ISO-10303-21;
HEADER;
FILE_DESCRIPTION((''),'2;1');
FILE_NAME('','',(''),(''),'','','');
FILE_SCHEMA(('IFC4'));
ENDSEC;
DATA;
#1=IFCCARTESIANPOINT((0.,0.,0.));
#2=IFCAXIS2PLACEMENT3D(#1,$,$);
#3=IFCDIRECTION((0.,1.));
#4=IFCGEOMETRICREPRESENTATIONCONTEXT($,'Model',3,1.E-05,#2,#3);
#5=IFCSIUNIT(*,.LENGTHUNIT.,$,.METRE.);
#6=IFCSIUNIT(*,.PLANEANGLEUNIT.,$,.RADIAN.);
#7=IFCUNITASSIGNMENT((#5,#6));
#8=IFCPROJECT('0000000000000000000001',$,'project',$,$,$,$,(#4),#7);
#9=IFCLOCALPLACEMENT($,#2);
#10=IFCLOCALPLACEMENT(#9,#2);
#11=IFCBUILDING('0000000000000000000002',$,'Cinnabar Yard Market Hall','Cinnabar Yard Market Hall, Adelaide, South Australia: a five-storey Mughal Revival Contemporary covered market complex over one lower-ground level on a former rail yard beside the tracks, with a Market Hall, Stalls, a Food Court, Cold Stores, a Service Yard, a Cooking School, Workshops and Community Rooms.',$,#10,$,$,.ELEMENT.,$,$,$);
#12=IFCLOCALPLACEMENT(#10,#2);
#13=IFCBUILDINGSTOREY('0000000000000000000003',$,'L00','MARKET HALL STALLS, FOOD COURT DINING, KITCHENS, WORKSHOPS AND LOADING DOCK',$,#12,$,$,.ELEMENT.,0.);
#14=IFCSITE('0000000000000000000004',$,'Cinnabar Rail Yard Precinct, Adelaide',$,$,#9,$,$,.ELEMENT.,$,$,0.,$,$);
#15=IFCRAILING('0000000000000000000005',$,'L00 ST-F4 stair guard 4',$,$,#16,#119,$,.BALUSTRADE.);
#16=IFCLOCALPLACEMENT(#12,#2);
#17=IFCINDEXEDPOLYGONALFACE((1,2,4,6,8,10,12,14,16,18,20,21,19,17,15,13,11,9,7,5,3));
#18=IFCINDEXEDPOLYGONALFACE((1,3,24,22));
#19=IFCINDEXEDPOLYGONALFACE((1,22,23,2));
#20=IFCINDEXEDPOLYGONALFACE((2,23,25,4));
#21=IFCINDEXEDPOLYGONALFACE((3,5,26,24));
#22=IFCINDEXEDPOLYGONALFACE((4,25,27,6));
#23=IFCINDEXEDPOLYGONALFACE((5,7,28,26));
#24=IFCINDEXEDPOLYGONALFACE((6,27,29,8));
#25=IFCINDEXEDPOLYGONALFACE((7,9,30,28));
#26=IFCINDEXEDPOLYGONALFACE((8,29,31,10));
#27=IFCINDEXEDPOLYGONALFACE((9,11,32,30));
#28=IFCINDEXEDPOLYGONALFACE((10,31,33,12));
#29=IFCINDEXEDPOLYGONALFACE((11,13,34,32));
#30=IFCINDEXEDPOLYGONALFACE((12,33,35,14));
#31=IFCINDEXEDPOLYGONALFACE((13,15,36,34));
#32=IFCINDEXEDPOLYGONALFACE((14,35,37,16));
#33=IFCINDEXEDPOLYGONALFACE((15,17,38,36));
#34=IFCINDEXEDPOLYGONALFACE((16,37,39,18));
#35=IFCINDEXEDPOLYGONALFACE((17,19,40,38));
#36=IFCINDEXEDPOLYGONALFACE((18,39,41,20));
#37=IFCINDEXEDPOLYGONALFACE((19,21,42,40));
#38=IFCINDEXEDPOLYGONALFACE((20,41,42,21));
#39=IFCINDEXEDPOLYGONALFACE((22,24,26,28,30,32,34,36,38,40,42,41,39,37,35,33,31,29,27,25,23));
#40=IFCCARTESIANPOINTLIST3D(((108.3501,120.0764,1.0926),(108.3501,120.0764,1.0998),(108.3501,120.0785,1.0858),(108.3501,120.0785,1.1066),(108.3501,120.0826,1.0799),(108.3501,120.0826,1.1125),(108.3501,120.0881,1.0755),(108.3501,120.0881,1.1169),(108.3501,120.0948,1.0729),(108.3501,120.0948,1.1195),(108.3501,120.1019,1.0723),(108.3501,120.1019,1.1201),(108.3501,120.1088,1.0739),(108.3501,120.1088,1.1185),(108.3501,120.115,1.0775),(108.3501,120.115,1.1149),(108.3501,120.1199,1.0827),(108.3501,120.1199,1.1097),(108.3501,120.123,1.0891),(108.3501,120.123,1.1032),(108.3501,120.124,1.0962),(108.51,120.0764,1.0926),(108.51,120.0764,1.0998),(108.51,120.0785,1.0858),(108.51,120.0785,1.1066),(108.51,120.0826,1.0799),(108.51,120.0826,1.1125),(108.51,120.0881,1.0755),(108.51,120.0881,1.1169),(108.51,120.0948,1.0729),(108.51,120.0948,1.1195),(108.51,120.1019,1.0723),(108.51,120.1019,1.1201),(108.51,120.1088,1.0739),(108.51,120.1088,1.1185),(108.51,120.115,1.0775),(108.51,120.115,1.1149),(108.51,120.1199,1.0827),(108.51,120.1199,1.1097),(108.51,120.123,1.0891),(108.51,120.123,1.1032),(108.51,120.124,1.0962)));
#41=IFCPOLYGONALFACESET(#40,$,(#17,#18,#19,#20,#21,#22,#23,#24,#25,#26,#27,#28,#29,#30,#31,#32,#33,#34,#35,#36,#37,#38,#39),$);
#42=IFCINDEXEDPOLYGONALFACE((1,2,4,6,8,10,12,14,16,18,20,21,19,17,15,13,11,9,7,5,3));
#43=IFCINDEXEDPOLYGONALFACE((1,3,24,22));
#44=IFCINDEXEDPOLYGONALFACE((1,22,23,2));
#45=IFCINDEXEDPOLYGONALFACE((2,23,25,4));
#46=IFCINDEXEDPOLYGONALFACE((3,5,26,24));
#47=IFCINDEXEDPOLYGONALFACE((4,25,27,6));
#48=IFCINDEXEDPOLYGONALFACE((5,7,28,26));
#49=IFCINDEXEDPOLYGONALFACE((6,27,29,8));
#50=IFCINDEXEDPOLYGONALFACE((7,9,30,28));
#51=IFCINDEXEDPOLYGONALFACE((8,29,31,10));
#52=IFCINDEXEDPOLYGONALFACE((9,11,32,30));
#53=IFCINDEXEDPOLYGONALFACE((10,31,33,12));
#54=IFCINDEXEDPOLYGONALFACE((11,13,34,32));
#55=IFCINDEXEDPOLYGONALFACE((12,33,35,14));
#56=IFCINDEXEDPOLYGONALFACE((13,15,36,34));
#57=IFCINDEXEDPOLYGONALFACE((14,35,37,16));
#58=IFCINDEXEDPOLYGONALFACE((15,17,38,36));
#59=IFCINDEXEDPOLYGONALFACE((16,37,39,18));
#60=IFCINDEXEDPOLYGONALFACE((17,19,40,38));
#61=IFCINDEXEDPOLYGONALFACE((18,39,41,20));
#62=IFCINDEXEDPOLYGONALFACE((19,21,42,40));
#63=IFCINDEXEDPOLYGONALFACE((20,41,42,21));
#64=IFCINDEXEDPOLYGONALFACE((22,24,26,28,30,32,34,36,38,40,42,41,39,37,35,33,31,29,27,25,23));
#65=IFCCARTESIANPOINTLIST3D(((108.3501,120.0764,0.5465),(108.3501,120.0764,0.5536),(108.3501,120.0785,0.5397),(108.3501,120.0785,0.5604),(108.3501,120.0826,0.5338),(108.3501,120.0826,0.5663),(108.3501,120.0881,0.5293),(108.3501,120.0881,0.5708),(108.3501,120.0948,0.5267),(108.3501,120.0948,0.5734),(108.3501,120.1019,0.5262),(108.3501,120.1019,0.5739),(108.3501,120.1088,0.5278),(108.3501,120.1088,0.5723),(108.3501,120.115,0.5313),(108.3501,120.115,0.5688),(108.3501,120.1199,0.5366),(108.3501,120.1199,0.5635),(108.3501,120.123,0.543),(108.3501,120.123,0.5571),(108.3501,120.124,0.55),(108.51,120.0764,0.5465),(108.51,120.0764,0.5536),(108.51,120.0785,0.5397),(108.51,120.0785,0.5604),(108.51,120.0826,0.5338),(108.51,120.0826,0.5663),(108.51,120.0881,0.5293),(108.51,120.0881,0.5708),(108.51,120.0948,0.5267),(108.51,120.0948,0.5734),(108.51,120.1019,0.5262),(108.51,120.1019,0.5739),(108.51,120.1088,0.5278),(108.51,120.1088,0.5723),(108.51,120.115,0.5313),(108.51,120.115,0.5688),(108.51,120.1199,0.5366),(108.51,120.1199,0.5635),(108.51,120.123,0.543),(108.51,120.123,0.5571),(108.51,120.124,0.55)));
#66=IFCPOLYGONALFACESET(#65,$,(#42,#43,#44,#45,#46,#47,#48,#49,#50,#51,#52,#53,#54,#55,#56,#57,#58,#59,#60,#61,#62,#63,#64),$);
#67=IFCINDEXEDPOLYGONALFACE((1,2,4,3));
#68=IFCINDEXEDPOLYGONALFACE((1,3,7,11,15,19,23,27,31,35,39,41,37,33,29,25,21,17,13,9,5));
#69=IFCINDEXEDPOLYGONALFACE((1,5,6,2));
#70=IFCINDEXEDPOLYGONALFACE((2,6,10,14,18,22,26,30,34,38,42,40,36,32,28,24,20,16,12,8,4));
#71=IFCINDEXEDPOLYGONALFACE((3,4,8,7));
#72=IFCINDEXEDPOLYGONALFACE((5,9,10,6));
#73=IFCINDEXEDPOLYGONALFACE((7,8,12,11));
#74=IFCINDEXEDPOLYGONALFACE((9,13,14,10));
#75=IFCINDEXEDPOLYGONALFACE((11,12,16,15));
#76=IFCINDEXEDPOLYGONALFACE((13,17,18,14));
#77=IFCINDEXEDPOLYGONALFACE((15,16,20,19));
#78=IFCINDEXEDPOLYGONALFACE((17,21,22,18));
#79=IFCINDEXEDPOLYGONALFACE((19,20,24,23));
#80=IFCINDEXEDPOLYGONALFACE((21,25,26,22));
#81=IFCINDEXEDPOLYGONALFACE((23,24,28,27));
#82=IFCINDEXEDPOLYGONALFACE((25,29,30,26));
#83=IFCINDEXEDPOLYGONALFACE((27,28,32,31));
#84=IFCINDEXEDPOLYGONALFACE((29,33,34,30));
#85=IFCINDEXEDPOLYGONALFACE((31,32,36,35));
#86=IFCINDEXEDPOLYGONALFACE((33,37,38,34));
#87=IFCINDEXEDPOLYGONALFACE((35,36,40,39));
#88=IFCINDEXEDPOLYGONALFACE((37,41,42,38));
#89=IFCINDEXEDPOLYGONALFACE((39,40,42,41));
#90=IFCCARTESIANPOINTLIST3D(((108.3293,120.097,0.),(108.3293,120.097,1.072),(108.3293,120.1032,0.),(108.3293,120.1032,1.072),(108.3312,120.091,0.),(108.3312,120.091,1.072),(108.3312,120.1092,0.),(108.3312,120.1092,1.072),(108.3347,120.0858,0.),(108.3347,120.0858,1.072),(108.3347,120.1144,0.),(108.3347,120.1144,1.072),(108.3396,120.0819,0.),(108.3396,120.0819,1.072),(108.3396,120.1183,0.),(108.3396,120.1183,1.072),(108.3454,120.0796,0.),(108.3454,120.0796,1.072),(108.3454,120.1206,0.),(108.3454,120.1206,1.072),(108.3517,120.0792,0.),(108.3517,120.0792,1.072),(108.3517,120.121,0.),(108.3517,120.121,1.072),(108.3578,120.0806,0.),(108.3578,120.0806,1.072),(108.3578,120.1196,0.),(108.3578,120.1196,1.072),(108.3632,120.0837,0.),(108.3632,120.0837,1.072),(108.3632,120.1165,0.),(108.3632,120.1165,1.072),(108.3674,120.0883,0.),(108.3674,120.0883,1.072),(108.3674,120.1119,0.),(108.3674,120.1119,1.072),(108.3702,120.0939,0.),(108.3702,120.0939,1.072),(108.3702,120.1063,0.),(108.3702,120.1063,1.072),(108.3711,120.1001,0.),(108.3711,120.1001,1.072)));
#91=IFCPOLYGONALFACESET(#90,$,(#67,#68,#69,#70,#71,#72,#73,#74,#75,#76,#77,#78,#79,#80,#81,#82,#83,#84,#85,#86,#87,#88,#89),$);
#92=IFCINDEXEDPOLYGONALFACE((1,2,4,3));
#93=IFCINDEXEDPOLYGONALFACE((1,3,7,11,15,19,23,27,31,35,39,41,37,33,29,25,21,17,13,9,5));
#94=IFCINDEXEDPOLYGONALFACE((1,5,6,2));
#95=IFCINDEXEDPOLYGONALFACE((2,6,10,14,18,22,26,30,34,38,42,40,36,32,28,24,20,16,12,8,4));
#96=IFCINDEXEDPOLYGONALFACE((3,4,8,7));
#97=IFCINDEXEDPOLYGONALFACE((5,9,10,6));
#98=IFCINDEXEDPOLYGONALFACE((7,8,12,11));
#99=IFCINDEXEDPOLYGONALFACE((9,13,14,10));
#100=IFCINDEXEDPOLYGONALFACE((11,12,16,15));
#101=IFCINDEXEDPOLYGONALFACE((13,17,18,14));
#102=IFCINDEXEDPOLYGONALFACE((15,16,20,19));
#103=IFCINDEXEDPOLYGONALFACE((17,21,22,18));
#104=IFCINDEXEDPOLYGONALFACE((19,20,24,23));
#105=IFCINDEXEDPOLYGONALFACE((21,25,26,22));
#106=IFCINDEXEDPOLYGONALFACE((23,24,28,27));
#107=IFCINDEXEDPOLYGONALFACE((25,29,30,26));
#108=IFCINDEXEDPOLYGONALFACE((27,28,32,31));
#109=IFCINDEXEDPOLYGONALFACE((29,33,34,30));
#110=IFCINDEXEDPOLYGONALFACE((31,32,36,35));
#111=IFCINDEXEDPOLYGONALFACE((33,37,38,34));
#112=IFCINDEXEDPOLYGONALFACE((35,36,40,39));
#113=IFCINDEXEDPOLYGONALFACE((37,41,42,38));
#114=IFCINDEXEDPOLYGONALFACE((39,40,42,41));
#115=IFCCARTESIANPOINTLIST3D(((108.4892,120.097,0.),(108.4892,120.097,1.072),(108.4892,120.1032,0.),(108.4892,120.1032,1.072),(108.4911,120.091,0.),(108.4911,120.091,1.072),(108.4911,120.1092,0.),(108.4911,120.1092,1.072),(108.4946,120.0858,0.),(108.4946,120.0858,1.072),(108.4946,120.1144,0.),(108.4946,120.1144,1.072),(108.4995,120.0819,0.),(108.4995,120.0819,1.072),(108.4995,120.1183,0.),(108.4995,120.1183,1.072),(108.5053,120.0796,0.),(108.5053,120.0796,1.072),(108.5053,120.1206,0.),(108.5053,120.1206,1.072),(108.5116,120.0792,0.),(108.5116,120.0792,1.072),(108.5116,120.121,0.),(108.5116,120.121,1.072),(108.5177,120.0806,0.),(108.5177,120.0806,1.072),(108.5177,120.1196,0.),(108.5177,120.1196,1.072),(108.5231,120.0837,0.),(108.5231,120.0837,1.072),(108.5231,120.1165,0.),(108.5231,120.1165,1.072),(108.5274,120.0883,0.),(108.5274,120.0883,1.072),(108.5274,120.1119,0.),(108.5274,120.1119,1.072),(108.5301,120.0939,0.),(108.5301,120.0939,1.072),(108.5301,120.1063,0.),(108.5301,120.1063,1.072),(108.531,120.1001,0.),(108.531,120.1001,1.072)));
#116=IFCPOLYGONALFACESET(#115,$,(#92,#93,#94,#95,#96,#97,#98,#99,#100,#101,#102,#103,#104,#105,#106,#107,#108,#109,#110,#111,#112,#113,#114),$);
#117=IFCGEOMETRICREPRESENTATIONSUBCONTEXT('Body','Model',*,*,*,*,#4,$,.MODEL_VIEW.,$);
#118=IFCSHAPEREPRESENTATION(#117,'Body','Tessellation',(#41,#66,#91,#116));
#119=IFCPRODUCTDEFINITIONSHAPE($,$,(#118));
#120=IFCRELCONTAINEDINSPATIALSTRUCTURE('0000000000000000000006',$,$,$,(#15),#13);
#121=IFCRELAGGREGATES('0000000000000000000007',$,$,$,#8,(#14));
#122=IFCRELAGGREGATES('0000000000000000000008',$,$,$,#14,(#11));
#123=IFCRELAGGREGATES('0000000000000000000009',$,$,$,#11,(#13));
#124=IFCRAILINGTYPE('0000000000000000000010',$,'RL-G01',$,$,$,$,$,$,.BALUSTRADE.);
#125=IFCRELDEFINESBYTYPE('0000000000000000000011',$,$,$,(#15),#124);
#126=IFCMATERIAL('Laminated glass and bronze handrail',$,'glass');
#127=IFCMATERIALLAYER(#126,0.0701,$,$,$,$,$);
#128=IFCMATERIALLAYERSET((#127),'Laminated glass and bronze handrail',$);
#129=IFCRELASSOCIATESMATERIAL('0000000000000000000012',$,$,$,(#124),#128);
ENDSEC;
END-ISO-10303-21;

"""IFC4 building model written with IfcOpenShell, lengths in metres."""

from ifc_helpers import new_model, si_unit, direction, frame, origin, origin_2d_with_axis, place, context, subcontext, project, spatial, circle, extrude, material, layer, layer_set, type_object, element, save


model = new_model("IFC4")

# Units and contexts
model_context = context("Model", 3, precision=1e-05, world=origin(), true_north=direction((0.0, 1.0)))
body_context = subcontext(model_context, "Body", "Model", "MODEL_VIEW")
ifc_project = project(units=[si_unit("LENGTHUNIT", "METRE"), si_unit("PLANEANGLEUNIT", "RADIAN")], contexts=[model_context])

# Site, building, storey
site_placement = place(None, origin())
site = spatial("IfcSite", under=ifc_project, at=site_placement, Name="Cinnabar Rail Yard Precinct, Adelaide", CompositionType="ELEMENT", RefElevation=0.0)
building_placement = place(site_placement, origin())
building = spatial("IfcBuilding", under=site, at=building_placement, Name="Cinnabar Yard Market Hall", Description="Cinnabar Yard Market Hall, Adelaide, South Australia: a five-storey Mughal Revival Contemporary covered market complex over one lower-ground level on a former rail yard beside the tracks, with a Market Hall, Stalls, a Food Court, Cold Stores, a Service Yard, a Cooking School, Workshops and Community Rooms.", CompositionType="ELEMENT")
storey_placement = place(building_placement, origin())
storey = spatial("IfcBuildingStorey", under=building, at=storey_placement, Name="L00", Description="MARKET HALL STALLS, FOOD COURT DINING, KITCHENS, WORKSHOPS AND LOADING DOCK", CompositionType="ELEMENT", Elevation=0.0)

# Railing
ifc_material_1 = material(Name="Laminated glass and bronze handrail", Category="glass")
ifc_layer_1 = layer(ifc_material_1, 0.0701)
ifc_layer_set_1 = layer_set([ifc_layer_1], Name="Laminated glass and bronze handrail")
railing_type_1 = type_object("IfcRailingType", Name="RL-G01", PredefinedType="BALUSTRADE", material=ifc_layer_set_1)
railing_1_placement = place(storey_placement, frame((108.3501, 120.1001, 0.0)))
element("IfcRailing", 1, at=railing_1_placement, inside=storey, type_object=railing_type_1, Name="L00 ST-F4 stair guard 4", PredefinedType="BALUSTRADE", context=body_context, shape_type="SweptSolid", body=[
    extrude(circle(Radius=0.0239, at=origin_2d_with_axis()), frame((0.0, 0.0, 1.0962), z_axis=(1.0, 0.0, 0.0), x_axis=(0.0, 1.0, 0.0)), (0.0, 0.0, 1.0), 0.1599),
    extrude(circle(Radius=0.0239, at=origin_2d_with_axis()), frame((0.0, 0.0, 0.55), z_axis=(1.0, 0.0, 0.0), x_axis=(0.0, 1.0, 0.0)), (0.0, 0.0, 1.0), 0.1599),
    extrude(circle(Radius=0.021, at=origin_2d_with_axis()), origin(), (0.0, 0.0, 1.0), 1.072),
    extrude(circle(Radius=0.021, at=origin_2d_with_axis()), frame((0.1599, 0.0, 0.0)), (0.0, 0.0, 1.0), 1.072),
])

save(model, "model.ifc")
